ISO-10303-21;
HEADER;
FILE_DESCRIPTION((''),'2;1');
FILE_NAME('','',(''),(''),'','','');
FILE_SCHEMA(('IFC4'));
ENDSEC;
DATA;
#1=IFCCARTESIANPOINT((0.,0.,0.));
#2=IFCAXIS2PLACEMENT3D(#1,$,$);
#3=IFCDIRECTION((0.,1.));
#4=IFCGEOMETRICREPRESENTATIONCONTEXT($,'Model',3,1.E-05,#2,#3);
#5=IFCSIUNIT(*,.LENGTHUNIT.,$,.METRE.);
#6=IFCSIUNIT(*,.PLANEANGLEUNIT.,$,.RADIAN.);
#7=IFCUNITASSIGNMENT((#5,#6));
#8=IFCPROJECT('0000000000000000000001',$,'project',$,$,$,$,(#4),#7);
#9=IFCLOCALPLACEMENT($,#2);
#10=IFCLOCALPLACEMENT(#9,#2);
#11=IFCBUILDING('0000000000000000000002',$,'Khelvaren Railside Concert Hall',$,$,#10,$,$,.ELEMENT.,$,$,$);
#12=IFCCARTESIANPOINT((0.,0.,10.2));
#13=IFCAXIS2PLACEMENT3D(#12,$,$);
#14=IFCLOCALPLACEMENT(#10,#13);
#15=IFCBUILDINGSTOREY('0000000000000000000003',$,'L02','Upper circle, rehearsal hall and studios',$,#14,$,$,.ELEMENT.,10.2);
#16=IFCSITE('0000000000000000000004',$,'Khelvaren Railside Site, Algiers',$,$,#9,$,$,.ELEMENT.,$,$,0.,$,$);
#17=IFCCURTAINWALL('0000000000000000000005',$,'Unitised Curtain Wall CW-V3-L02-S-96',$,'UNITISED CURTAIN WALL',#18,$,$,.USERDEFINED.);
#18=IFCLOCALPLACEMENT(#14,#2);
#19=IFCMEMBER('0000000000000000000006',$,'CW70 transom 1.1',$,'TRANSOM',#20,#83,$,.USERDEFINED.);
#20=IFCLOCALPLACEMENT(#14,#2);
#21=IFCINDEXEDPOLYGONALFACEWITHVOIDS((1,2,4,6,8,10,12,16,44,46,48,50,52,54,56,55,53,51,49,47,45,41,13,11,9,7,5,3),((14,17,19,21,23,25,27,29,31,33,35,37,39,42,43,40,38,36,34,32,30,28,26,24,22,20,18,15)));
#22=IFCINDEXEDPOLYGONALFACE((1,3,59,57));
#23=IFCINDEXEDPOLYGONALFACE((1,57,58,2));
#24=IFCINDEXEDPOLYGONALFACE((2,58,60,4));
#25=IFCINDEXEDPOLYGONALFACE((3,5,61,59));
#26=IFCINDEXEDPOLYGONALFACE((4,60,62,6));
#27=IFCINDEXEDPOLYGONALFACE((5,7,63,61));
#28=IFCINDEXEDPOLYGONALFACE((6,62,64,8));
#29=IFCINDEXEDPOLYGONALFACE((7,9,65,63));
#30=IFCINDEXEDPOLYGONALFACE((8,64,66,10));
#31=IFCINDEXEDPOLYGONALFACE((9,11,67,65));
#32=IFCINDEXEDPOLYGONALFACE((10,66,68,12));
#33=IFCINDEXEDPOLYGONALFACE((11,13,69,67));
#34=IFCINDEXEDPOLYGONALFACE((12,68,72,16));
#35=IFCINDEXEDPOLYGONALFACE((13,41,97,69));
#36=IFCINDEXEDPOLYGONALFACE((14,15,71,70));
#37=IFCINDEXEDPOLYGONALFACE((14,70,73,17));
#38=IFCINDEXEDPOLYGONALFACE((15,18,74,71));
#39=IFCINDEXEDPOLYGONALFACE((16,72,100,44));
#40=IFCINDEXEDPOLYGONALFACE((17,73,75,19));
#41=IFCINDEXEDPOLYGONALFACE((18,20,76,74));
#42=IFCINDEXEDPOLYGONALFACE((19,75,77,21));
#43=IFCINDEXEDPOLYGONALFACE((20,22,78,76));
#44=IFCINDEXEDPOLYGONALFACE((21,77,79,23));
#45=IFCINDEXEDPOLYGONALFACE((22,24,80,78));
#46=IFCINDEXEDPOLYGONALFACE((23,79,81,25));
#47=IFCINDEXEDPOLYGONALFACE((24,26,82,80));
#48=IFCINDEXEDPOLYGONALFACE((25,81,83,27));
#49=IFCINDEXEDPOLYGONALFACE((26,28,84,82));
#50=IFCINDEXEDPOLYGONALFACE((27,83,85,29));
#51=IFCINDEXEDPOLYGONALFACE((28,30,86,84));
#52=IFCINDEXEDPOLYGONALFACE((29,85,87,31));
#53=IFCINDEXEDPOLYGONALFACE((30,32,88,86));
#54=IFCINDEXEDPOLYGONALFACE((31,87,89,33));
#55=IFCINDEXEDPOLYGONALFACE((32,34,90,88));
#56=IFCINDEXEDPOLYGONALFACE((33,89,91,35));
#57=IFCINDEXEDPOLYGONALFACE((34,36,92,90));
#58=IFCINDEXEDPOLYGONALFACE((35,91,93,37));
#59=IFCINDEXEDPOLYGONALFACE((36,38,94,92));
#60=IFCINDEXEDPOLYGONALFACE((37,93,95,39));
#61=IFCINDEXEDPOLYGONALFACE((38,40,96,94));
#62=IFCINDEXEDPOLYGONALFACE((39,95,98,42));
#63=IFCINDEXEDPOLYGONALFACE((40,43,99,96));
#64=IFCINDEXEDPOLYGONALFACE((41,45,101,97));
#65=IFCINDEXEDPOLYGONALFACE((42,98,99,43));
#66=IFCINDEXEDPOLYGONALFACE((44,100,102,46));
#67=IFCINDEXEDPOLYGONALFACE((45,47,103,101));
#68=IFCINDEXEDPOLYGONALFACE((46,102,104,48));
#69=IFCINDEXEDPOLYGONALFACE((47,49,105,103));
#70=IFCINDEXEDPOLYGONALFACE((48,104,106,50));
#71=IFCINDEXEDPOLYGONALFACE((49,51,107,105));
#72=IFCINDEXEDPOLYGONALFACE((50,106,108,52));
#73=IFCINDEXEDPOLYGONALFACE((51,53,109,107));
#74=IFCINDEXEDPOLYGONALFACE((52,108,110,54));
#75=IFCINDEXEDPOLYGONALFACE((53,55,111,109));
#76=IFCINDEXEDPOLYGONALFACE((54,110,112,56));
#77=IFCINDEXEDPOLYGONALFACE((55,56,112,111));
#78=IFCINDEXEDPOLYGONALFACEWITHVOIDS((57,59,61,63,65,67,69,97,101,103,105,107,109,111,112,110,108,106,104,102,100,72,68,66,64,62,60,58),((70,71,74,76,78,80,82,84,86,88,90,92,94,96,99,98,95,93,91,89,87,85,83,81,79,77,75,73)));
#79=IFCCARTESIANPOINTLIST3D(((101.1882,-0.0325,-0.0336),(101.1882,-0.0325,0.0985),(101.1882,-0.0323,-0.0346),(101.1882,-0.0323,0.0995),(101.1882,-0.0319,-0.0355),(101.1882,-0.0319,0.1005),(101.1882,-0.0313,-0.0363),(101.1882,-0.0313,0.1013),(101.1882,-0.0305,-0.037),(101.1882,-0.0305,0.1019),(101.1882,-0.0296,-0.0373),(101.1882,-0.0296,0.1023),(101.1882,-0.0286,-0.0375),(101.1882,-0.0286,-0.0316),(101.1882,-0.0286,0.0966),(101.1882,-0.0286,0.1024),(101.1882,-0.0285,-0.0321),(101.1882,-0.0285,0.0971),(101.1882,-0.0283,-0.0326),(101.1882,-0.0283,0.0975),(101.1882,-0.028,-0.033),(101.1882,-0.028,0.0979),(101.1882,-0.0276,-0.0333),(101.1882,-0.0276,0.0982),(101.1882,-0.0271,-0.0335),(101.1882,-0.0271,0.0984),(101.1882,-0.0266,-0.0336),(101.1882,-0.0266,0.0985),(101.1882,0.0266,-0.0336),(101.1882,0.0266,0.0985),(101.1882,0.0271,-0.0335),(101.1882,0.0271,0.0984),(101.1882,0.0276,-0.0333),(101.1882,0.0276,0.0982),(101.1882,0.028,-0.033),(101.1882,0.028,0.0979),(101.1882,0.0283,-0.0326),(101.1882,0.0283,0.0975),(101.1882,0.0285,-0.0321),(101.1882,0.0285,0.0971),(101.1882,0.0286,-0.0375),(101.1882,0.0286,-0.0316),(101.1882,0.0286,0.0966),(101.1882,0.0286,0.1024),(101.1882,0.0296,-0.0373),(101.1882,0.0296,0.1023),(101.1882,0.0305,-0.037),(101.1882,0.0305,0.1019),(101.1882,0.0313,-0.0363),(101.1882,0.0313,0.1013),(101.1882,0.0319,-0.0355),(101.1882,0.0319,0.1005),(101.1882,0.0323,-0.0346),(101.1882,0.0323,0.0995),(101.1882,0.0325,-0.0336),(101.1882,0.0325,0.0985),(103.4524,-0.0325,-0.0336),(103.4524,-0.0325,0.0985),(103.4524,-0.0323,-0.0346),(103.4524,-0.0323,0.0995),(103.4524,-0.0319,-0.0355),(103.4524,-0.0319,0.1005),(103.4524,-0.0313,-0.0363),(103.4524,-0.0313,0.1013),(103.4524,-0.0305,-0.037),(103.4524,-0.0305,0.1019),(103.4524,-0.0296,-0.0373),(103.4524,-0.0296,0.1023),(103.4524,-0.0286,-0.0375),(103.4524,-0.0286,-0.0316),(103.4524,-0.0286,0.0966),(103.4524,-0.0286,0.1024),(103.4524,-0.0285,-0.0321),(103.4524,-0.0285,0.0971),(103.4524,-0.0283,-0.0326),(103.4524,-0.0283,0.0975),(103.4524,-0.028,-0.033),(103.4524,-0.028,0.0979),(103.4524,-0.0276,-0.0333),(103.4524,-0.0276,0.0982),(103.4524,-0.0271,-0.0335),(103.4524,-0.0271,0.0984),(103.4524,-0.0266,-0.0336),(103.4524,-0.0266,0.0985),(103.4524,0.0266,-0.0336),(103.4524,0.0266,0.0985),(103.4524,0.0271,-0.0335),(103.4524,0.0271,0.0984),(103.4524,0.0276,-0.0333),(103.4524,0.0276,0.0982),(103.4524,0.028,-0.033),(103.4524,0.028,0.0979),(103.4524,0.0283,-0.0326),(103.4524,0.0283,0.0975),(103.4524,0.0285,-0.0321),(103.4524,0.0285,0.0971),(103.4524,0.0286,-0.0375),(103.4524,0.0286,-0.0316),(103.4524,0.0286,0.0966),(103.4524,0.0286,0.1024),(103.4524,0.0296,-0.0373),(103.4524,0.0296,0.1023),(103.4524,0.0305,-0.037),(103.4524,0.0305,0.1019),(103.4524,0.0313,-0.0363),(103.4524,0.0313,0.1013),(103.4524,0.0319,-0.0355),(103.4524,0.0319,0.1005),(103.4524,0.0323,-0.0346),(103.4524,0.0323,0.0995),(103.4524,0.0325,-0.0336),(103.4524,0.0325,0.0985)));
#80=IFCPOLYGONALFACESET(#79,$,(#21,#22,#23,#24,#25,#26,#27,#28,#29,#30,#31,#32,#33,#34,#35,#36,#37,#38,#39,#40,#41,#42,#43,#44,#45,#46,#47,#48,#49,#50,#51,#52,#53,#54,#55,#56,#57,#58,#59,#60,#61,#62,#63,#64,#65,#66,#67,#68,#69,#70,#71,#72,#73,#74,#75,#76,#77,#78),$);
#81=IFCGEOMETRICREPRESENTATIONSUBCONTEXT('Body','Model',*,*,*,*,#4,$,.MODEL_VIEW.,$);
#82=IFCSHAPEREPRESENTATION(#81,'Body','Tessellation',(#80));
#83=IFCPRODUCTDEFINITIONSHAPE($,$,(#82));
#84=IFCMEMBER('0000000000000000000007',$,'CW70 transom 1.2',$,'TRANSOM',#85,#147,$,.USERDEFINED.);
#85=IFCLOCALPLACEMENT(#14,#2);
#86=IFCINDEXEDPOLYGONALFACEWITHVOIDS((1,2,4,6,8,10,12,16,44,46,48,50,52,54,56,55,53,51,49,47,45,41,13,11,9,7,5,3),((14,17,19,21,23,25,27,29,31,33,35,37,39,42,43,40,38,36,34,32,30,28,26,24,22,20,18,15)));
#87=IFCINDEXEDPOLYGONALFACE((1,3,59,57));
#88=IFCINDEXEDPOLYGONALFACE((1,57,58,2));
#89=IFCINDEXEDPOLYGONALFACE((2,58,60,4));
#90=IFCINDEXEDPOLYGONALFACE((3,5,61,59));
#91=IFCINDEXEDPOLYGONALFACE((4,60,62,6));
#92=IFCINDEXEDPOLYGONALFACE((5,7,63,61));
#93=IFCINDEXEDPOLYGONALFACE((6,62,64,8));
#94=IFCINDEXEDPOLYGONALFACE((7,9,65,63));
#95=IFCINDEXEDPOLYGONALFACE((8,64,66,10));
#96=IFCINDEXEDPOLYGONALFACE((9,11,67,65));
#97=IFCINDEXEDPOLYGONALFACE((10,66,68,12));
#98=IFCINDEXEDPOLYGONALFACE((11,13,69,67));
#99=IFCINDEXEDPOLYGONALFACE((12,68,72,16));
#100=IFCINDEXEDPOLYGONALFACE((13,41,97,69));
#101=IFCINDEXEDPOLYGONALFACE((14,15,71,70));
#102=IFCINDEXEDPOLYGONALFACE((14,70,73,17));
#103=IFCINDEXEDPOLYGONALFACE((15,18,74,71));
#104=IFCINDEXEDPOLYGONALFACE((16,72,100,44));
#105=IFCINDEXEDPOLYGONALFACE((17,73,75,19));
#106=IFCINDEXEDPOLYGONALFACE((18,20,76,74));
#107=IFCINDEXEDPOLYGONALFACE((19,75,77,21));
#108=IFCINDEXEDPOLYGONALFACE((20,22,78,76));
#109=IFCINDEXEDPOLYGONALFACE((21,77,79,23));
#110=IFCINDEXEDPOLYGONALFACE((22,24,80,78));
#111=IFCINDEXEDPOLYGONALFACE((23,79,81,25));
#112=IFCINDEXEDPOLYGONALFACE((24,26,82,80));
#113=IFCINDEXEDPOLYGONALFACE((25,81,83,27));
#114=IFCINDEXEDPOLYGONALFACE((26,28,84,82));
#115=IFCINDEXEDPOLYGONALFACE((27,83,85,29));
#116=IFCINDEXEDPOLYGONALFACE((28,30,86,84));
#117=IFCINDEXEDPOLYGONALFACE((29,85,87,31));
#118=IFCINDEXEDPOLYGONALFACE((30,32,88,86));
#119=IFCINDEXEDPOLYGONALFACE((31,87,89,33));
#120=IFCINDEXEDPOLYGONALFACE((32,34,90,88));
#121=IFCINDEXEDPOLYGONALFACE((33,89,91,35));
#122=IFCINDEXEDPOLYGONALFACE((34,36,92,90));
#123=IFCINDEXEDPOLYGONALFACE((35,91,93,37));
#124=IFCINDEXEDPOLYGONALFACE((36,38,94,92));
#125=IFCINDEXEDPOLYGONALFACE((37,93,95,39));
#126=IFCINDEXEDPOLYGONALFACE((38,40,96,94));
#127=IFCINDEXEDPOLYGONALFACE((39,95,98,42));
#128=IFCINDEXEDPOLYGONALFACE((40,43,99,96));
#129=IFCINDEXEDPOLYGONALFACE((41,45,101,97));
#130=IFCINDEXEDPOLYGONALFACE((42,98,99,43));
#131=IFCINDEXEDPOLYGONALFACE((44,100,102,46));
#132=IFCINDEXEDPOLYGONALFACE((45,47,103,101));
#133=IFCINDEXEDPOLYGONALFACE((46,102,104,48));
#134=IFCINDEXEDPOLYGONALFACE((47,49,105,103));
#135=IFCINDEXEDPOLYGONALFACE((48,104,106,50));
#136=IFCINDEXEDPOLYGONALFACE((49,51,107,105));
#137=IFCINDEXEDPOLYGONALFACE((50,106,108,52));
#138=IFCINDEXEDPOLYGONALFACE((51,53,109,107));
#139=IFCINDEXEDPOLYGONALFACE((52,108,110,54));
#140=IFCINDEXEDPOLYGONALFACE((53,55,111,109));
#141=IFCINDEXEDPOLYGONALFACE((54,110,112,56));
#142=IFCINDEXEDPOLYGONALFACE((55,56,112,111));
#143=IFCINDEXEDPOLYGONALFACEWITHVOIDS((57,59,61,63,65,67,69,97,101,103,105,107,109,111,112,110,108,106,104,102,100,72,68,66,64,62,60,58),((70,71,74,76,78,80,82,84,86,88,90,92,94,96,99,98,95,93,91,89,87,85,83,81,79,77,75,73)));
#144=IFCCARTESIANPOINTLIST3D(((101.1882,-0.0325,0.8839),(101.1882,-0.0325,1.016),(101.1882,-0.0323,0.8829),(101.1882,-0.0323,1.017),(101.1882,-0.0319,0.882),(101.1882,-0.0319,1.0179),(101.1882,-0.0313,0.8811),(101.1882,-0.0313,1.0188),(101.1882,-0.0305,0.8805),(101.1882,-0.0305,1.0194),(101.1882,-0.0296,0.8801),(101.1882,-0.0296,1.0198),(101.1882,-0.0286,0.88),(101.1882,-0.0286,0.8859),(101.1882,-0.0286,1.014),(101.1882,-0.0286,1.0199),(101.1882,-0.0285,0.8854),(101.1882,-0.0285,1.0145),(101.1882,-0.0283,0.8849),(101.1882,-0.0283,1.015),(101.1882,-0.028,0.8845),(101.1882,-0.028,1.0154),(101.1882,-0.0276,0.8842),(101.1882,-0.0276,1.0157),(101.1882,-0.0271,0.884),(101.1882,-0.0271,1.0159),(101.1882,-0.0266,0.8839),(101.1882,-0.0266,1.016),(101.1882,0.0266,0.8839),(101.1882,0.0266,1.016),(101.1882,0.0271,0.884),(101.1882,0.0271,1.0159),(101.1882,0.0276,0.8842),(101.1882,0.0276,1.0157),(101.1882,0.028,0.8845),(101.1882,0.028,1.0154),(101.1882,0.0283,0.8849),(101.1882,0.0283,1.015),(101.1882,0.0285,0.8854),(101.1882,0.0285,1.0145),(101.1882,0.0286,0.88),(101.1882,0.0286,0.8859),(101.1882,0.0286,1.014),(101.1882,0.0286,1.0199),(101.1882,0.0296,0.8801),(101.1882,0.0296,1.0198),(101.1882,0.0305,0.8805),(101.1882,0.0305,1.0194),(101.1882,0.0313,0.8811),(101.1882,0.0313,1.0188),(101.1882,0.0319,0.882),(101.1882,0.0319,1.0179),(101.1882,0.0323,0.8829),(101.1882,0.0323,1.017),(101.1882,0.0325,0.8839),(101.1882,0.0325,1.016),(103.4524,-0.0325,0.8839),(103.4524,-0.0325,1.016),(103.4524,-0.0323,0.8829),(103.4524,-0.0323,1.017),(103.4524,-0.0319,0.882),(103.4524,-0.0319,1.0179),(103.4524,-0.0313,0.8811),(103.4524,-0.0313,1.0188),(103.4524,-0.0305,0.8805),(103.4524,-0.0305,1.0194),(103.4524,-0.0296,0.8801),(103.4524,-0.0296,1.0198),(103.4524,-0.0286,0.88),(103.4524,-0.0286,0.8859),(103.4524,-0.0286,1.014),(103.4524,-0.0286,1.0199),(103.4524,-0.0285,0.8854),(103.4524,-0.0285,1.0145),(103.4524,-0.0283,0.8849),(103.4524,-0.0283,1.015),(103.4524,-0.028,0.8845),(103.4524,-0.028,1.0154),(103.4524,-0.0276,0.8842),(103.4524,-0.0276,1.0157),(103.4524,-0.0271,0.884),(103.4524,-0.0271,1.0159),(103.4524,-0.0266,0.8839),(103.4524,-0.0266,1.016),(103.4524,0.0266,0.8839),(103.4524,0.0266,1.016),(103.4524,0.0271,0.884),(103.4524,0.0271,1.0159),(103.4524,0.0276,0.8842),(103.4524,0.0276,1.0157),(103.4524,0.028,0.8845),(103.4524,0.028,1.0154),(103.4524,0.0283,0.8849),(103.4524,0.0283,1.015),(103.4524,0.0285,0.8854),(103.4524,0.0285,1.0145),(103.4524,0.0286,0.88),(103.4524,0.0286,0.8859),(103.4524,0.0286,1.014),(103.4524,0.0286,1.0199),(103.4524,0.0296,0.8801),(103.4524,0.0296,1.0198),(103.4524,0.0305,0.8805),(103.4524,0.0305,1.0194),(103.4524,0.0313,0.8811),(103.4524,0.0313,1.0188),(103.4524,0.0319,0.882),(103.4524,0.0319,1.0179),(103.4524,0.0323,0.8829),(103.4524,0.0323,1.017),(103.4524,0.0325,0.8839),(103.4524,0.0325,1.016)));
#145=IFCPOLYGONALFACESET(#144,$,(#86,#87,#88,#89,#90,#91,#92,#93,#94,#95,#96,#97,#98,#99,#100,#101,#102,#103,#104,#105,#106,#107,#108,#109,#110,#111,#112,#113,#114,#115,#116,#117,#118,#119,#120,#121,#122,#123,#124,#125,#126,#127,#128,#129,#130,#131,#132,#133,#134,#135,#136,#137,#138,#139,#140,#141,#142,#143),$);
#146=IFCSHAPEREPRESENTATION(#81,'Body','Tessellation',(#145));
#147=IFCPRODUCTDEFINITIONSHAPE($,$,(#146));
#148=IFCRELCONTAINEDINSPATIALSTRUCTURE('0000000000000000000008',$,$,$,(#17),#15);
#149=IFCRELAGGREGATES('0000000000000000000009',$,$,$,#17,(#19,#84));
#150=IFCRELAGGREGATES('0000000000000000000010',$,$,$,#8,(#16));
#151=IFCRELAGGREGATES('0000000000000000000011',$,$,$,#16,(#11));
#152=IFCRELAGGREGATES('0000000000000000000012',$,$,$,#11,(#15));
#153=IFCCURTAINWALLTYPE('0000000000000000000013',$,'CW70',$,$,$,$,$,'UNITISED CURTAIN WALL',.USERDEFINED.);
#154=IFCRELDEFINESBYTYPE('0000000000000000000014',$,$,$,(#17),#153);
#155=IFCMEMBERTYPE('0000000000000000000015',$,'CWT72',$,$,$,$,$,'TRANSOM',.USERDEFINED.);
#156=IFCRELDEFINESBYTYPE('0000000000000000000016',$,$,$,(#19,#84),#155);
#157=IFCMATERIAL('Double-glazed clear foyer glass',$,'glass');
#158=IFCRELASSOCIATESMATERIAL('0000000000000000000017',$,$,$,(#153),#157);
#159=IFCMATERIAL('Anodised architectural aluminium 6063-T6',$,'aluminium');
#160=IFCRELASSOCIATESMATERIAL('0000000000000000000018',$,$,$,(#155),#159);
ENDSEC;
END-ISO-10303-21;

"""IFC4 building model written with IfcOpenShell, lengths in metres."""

from ifc_helpers import new_model, si_unit, direction, frame, origin, origin_2d, place, context, subcontext, project, spatial, hollow_rectangle, extrude, material, material_profile, profile_set, type_object, element, aggregate, save


model = new_model("IFC4")

# Units and contexts
model_context = context("Model", 3, precision=1e-05, world=origin(), true_north=direction((0.0, 1.0)))
body_context = subcontext(model_context, "Body", "Model", "MODEL_VIEW")
ifc_project = project(units=[si_unit("LENGTHUNIT", "METRE"), si_unit("PLANEANGLEUNIT", "RADIAN")], contexts=[model_context])

# Site, building, storey
site_placement = place(None, origin())
site = spatial("IfcSite", under=ifc_project, at=site_placement, Name="Khelvaren Railside Site, Algiers", CompositionType="ELEMENT", RefElevation=0.0)
building_placement = place(site_placement, origin())
building = spatial("IfcBuilding", under=site, at=building_placement, Name="Khelvaren Railside Concert Hall", CompositionType="ELEMENT")
storey_placement = place(building_placement, frame((0.0, 0.0, 10.2)))
storey = spatial("IfcBuildingStorey", under=building, at=storey_placement, Name="L02", Description="Upper circle, rehearsal hall and studios", CompositionType="ELEMENT", Elevation=10.2)

# Curtain wall
ifc_material_1 = material(Name="Double-glazed clear foyer glass", Category="glass")
curtain_wall_type_1 = type_object("IfcCurtainWallType", Name="CW70", ElementType="UNITISED CURTAIN WALL", PredefinedType="USERDEFINED", material=ifc_material_1)
curtain_wall_1_placement = place(storey_placement, origin())
curtain_wall_1 = element("IfcCurtainWall", 1, at=curtain_wall_1_placement, inside=storey, type_object=curtain_wall_type_1, Name="Unitised Curtain Wall CW-V3-L02-S-96", ObjectType="UNITISED CURTAIN WALL", PredefinedType="USERDEFINED")
ifc_material_2 = material(Name="Anodised architectural aluminium 6063-T6", Category="aluminium")

# Members
ifc_material_profile_1 = material_profile(ifc_material_2, hollow_rectangle(XDim=0.0649, YDim=0.1399, WallThickness=0.0039, InnerFilletRadius=0.002, OuterFilletRadius=0.0039, at=origin_2d()), Name="CWT 65x140x4")
ifc_profile_set_1 = profile_set([ifc_material_profile_1], Name="Anodised architectural aluminium 6063-T6")
member_type_1 = type_object("IfcMemberType", Name="CWT72", ElementType="TRANSOM", PredefinedType="USERDEFINED", material=ifc_profile_set_1)
member_1_placement = place(storey_placement, frame((103.4524, 0.0, 0.0325), z_axis=(-1.0, 0.0, 0.0), x_axis=(0.0, -1.0, 0.0)))
member_1 = element("IfcMember", 2, at=member_1_placement, type_object=member_type_1, Name="CW70 transom 1.1", ObjectType="TRANSOM", PredefinedType="USERDEFINED", context=body_context, shape_type="SweptSolid", body=[
    extrude(hollow_rectangle(XDim=0.0649, YDim=0.1399, WallThickness=0.0039, InnerFilletRadius=0.002, OuterFilletRadius=0.0039, at=origin_2d()), origin(), (0.0, 0.0, 1.0), 2.2642),
])
member_2_placement = place(storey_placement, frame((103.4524, 0.0, 0.95), z_axis=(-1.0, 0.0, 0.0), x_axis=(0.0, -1.0, 0.0)))
member_2 = element("IfcMember", 3, at=member_2_placement, type_object=member_type_1, Name="CW70 transom 1.2", ObjectType="TRANSOM", PredefinedType="USERDEFINED", context=body_context, shape_type="SweptSolid", body=[
    extrude(hollow_rectangle(XDim=0.0649, YDim=0.1399, WallThickness=0.0039, InnerFilletRadius=0.002, OuterFilletRadius=0.0039, at=origin_2d()), origin(), (0.0, 0.0, 1.0), 2.2642),
])

aggregate(curtain_wall_1, [member_1, member_2])

save(model, "model.ifc")
